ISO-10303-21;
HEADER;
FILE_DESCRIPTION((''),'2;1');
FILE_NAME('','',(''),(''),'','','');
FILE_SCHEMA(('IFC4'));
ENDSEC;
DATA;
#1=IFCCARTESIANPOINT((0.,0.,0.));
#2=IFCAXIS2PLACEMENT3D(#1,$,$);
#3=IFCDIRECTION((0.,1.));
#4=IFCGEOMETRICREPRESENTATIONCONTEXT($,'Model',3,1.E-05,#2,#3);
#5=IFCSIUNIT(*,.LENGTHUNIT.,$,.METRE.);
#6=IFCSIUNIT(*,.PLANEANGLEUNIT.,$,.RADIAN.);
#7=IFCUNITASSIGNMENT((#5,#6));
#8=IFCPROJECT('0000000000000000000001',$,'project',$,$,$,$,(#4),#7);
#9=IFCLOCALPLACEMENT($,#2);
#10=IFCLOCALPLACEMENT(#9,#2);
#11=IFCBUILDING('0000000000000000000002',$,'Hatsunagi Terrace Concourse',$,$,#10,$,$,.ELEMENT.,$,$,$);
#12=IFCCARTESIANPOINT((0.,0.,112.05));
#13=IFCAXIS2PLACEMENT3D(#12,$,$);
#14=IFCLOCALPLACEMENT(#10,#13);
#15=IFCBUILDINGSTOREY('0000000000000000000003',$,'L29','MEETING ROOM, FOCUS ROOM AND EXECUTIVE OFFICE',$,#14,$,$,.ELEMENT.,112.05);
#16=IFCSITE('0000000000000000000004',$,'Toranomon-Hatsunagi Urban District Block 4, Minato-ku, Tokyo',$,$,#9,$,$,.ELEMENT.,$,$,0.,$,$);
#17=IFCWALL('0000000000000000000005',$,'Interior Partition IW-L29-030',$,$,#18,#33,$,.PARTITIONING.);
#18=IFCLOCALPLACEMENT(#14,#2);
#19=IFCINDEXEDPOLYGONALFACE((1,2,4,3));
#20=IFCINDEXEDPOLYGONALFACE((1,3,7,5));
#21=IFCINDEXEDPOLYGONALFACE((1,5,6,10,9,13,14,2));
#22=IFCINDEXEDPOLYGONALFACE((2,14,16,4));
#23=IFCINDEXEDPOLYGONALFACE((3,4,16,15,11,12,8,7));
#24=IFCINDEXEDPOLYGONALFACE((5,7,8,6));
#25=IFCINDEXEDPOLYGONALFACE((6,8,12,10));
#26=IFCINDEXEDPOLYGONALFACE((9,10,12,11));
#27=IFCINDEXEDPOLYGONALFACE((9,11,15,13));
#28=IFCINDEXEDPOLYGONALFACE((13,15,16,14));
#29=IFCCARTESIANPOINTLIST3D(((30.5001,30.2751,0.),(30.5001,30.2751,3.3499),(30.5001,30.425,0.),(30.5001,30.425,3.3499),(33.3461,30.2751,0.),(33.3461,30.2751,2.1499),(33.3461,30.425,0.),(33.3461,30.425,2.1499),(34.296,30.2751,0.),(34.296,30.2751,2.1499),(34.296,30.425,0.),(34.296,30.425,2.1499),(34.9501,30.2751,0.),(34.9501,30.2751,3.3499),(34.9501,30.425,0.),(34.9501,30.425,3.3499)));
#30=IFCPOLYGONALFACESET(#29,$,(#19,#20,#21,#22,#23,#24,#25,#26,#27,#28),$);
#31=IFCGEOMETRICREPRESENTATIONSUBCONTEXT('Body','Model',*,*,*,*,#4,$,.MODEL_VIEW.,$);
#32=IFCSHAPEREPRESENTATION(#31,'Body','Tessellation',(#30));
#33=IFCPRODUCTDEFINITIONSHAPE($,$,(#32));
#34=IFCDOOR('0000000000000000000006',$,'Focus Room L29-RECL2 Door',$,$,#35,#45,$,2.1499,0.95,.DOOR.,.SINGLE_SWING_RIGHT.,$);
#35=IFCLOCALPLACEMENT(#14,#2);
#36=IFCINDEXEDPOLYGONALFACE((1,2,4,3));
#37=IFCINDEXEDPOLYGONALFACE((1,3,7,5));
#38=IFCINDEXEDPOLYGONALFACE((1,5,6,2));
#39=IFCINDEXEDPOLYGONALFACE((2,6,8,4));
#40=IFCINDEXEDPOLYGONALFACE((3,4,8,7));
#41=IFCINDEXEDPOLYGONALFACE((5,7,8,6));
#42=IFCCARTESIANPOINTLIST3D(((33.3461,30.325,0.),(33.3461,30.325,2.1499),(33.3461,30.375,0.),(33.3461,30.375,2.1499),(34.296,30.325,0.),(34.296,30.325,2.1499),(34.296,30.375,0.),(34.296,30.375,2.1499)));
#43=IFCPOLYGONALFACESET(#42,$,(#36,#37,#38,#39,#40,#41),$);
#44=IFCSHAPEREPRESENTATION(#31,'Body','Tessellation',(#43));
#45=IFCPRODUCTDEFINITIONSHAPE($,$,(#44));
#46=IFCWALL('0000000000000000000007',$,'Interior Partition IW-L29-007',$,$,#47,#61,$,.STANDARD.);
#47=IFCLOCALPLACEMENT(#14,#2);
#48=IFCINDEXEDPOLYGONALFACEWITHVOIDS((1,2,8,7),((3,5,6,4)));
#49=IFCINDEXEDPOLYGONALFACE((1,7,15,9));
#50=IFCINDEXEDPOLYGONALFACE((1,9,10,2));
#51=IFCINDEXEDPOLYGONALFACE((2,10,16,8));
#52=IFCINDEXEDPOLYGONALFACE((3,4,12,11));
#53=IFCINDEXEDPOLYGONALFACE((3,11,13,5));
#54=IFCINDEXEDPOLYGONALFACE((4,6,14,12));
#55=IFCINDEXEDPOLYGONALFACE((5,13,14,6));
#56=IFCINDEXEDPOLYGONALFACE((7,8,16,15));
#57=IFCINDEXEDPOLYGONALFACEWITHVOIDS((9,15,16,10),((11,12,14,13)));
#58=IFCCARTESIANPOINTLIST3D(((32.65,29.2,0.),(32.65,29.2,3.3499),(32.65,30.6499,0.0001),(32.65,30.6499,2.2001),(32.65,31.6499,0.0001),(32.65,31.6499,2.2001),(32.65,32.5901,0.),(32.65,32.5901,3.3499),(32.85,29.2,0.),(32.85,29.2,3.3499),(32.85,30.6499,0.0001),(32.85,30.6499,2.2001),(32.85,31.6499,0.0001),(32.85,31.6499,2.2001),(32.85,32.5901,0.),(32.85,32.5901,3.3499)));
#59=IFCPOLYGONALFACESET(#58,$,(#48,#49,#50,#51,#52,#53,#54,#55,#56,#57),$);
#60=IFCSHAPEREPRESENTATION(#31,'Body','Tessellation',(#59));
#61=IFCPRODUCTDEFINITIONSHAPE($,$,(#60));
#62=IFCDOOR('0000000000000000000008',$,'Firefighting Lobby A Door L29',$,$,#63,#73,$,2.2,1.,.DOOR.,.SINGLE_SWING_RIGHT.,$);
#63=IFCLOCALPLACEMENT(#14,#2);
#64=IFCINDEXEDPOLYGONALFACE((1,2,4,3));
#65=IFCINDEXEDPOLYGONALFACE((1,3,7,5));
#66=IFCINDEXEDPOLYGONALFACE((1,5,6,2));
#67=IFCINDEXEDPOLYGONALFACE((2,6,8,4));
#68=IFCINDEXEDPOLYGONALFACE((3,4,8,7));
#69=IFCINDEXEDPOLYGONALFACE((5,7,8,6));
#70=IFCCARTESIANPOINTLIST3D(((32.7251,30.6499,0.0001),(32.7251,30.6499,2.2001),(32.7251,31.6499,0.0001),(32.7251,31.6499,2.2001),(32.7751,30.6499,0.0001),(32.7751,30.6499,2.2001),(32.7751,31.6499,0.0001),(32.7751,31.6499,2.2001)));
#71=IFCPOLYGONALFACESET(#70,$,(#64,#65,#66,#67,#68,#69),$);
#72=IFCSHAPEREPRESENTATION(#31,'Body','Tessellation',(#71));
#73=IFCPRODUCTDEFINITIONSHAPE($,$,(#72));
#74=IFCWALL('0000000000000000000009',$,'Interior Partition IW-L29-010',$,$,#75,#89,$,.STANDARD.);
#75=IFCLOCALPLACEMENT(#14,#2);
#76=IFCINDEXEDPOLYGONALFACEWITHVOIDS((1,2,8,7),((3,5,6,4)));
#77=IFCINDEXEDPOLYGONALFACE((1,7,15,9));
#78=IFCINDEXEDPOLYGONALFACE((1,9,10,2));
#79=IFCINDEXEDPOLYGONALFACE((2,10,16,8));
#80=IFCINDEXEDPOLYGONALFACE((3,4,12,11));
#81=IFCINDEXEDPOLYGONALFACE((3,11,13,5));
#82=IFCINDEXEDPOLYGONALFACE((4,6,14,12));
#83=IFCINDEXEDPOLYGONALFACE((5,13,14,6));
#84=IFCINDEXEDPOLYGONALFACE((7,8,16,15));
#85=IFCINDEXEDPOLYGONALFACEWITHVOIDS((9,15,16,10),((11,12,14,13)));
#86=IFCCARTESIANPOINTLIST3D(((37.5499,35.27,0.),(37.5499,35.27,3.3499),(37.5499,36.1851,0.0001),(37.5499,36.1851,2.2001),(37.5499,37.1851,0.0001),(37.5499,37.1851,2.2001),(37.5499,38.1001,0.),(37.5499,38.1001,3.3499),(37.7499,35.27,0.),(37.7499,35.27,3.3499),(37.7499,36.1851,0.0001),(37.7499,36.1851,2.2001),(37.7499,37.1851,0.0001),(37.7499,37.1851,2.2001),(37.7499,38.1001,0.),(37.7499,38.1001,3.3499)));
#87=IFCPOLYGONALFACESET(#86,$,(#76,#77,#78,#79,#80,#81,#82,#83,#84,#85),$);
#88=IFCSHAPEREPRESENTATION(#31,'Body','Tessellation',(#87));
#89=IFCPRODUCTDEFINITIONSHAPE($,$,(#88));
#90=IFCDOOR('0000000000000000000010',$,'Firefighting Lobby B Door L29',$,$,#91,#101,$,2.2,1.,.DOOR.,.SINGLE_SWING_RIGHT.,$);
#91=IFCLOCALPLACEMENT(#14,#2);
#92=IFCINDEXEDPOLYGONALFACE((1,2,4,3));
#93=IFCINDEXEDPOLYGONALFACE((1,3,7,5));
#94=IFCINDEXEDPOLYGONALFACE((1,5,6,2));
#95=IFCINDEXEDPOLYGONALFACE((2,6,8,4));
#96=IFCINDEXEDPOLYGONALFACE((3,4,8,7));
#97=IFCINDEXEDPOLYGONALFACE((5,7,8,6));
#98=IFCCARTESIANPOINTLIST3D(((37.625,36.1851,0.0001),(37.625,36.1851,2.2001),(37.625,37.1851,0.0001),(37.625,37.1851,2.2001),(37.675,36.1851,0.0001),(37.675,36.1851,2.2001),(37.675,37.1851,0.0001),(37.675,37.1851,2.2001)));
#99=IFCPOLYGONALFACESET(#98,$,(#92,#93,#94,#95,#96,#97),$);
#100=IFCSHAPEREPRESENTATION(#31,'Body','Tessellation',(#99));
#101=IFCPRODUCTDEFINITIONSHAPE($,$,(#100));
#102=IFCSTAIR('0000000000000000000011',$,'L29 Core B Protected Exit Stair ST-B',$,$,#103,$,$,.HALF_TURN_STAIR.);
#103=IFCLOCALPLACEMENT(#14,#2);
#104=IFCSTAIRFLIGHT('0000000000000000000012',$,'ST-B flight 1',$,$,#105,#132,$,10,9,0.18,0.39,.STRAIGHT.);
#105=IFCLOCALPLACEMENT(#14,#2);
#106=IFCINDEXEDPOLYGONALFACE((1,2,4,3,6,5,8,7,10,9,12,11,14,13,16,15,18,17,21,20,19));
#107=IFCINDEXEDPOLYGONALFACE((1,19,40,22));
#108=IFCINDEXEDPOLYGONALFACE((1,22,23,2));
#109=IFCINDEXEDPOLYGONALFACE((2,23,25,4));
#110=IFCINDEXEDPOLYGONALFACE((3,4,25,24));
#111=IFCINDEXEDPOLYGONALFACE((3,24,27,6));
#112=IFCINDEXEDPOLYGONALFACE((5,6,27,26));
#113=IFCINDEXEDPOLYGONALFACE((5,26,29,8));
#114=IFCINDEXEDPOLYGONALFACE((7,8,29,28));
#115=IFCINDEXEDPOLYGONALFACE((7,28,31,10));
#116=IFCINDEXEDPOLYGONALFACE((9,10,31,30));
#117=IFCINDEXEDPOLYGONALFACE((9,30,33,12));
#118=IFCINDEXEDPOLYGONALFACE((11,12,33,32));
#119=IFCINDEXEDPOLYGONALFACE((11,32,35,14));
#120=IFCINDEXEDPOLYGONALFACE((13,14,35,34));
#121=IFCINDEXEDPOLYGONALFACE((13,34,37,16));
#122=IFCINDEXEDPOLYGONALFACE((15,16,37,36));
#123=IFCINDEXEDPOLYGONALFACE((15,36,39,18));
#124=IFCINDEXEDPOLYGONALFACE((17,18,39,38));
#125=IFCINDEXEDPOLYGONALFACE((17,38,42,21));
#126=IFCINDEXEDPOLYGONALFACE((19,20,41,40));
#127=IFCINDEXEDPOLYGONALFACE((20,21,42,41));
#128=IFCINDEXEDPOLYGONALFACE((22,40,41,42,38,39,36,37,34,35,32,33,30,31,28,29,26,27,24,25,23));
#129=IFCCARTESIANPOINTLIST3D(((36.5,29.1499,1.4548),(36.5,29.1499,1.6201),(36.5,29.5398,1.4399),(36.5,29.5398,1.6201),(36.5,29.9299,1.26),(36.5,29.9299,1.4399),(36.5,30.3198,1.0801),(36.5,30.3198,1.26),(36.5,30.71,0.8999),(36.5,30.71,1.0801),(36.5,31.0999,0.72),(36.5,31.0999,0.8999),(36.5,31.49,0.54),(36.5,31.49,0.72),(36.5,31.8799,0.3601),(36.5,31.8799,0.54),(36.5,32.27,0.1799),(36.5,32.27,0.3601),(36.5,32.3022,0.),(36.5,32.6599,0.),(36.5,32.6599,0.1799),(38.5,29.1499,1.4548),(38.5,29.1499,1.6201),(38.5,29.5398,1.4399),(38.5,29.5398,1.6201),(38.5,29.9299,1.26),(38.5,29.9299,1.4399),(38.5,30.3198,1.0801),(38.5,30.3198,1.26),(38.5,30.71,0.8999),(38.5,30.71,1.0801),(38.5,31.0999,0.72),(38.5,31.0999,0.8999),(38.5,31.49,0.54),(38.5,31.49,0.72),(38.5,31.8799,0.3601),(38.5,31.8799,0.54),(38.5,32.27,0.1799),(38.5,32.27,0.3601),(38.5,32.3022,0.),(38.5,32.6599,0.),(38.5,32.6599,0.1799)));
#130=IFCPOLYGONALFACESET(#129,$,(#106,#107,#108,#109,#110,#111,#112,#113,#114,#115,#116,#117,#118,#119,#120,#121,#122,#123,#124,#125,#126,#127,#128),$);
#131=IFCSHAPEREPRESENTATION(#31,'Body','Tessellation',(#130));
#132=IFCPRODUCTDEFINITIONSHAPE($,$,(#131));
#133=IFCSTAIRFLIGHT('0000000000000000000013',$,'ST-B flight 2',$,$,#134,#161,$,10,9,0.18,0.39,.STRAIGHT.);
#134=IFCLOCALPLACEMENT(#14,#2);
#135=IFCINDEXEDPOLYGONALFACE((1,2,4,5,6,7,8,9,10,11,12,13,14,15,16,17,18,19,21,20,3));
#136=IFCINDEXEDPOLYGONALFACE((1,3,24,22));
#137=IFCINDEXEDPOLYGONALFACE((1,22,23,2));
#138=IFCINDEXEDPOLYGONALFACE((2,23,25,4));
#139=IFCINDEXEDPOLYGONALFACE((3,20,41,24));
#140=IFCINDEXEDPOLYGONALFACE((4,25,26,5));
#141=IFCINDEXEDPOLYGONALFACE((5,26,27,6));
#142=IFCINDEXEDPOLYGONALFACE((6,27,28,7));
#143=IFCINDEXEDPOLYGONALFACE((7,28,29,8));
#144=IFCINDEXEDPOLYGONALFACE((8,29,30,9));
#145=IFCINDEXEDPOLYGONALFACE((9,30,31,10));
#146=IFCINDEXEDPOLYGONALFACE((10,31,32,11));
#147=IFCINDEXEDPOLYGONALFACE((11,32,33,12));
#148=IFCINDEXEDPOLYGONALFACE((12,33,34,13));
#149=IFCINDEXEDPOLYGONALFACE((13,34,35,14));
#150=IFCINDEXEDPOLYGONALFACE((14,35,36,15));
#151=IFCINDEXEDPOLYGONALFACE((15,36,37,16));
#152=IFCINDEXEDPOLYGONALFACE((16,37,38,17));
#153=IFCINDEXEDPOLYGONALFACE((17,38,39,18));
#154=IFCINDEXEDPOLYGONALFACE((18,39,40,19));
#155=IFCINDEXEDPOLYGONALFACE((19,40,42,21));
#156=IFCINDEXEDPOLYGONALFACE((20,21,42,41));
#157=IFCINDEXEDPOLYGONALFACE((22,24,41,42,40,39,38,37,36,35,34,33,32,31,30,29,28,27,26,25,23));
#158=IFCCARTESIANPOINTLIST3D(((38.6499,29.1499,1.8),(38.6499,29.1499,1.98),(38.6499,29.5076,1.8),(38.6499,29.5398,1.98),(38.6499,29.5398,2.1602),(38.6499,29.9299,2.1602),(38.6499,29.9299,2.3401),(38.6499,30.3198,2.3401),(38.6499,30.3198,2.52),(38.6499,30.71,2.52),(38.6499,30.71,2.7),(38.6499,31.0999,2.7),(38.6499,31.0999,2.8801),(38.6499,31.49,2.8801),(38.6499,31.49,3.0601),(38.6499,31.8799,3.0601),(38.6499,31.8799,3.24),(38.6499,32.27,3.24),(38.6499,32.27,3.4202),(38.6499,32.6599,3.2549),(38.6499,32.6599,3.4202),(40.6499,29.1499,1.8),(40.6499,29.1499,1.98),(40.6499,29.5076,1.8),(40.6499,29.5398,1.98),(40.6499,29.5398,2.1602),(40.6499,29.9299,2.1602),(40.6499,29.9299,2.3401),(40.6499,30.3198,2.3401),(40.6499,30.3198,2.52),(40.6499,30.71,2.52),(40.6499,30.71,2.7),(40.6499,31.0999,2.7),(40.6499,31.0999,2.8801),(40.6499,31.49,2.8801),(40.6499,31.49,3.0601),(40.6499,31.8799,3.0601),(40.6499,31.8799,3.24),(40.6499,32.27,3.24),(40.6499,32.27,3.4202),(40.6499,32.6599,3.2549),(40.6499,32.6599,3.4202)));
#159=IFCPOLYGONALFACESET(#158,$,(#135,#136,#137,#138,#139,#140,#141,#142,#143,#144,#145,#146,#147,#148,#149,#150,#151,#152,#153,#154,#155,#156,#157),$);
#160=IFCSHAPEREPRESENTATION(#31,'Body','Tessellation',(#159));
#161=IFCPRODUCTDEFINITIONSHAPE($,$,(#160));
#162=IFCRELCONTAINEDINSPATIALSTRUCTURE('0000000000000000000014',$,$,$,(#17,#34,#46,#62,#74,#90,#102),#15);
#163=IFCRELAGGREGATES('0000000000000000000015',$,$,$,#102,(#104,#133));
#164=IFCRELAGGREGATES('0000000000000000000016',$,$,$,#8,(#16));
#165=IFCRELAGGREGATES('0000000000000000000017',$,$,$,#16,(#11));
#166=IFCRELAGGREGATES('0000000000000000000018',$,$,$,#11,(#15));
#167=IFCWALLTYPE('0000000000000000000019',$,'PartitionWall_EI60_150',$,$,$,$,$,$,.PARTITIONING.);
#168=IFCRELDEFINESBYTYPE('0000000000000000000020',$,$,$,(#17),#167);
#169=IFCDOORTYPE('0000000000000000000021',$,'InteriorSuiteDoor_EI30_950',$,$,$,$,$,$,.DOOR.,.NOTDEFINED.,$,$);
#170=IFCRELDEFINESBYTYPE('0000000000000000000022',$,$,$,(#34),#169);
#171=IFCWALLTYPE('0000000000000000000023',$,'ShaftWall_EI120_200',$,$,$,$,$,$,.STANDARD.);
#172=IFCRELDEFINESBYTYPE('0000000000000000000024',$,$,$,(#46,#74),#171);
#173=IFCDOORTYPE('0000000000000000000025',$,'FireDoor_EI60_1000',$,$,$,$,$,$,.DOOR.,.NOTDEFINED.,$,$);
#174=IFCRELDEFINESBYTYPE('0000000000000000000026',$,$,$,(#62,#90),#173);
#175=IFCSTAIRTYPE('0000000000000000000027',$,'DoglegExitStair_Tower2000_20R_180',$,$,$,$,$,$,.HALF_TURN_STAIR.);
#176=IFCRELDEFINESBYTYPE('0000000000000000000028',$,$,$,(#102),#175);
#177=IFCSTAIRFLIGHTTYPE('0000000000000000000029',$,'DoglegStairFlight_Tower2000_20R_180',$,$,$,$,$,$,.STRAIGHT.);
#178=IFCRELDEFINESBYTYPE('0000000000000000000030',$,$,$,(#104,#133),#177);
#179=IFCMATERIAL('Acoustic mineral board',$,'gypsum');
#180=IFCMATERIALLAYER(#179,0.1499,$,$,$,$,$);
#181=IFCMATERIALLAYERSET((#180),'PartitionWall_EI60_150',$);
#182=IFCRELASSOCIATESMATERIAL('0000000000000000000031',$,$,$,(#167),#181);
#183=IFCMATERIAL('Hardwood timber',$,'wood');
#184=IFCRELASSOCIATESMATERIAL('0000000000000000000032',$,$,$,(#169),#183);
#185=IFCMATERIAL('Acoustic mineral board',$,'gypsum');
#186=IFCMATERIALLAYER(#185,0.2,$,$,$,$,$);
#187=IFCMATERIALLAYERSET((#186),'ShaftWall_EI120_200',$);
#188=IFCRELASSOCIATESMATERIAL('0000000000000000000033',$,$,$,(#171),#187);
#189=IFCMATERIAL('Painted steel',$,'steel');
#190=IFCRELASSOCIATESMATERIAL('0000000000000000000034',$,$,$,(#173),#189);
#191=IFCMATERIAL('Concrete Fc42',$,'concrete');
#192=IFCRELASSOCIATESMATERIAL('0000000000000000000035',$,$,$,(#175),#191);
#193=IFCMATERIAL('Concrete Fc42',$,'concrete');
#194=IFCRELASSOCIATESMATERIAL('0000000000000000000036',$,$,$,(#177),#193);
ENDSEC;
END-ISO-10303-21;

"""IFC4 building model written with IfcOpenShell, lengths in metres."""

from ifc_helpers import new_model, si_unit, direction, frame, frame_2d, origin, place, context, subcontext, project, spatial, polyline, rectangle, outline, extrude, material, layer, layer_set, type_object, element, fill, aggregate, save


model = new_model("IFC4")

# Units and contexts
model_context = context("Model", 3, precision=1e-05, world=origin(), true_north=direction((0.0, 1.0)))
body_context = subcontext(model_context, "Body", "Model", "MODEL_VIEW")
ifc_project = project(units=[si_unit("LENGTHUNIT", "METRE"), si_unit("PLANEANGLEUNIT", "RADIAN")], contexts=[model_context])

# Site, building, storey
site_placement = place(None, origin())
site = spatial("IfcSite", under=ifc_project, at=site_placement, Name="Toranomon-Hatsunagi Urban District Block 4, Minato-ku, Tokyo", CompositionType="ELEMENT", RefElevation=0.0)
building_placement = place(site_placement, origin())
building = spatial("IfcBuilding", under=site, at=building_placement, Name="Hatsunagi Terrace Concourse", CompositionType="ELEMENT")
storey_placement = place(building_placement, frame((0.0, 0.0, 112.05)))
storey = spatial("IfcBuildingStorey", under=building, at=storey_placement, Name="L29", Description="MEETING ROOM, FOCUS ROOM AND EXECUTIVE OFFICE", CompositionType="ELEMENT", Elevation=112.05)

# Shared definitions
ifc_material_1 = material(Name="Acoustic mineral board", Category="gypsum")
ifc_layer_1 = layer(ifc_material_1, 0.1499)
ifc_layer_set_1 = layer_set([ifc_layer_1], Name="PartitionWall_EI60_150")
wall_type_1 = type_object("IfcWallType", Name="PartitionWall_EI60_150", PredefinedType="PARTITIONING", material=ifc_layer_set_1)

# Walls, openings, doors
wall_1_placement = place(storey_placement, frame((30.5, 30.3501, 0.0), z_axis=(0.0, 0.0, 1.0), x_axis=(1.0, 0.0, 0.0)))
wall_1 = element("IfcWall", 1, at=wall_1_placement, inside=storey, type_object=wall_type_1, Name="Interior Partition IW-L29-030", PredefinedType="PARTITIONING", context=body_context, shape_type="SweptSolid", body=[
    extrude(rectangle(XDim=4.45, YDim=0.1499, at=frame_2d((2.2251, 0.0))), origin(), (0.0, 0.0, 1.0), 3.3499),
])
opening_1_placement = place(wall_1_placement, frame((2.8459, 0.0, 0.0)))
opening_1 = element("IfcOpeningElement", 2, at=opening_1_placement, cuts=wall_1, PredefinedType="OPENING", context=body_context, shape_type="SweptSolid", body=[
    extrude(rectangle(XDim=0.95, YDim=2.1499, at=frame_2d((0.4751, 1.075))), frame((0.0, 0.085, 0.0), z_axis=(0.0, -1.0, 0.0), x_axis=(1.0, 0.0, 0.0)), (0.0, 0.0, 1.0), 0.1699),
])
ifc_material_2 = material(Name="Hardwood timber", Category="wood")
door_type_1 = type_object("IfcDoorType", Name="InteriorSuiteDoor_EI30_950", OperationType="NOTDEFINED", PredefinedType="DOOR", material=ifc_material_2)
door_1_placement = place(opening_1_placement, origin())
door_1 = element("IfcDoor", 3, at=door_1_placement, inside=storey, type_object=door_type_1, Name="Focus Room L29-RECL2 Door", OperationType="SINGLE_SWING_RIGHT", OverallHeight=2.1499, OverallWidth=0.95, PredefinedType="DOOR", context=body_context, shape_type="SweptSolid", body=[
    extrude(rectangle(XDim=0.95, YDim=2.1499, at=frame_2d((0.4751, 1.075))), frame((0.0, 0.0249, 0.0), z_axis=(0.0, -1.0, 0.0), x_axis=(1.0, 0.0, 0.0)), (0.0, 0.0, 1.0), 0.05),
])
fill(opening_1, door_1)
ifc_material_3 = material(Name="Acoustic mineral board", Category="gypsum")
ifc_layer_2 = layer(ifc_material_3, 0.2)
ifc_layer_set_2 = layer_set([ifc_layer_2], Name="ShaftWall_EI120_200")
wall_type_2 = type_object("IfcWallType", Name="ShaftWall_EI120_200", PredefinedType="STANDARD", material=ifc_layer_set_2)
wall_2_placement = place(storey_placement, frame((32.75, 29.2, 0.0), z_axis=(0.0, 0.0, 1.0), x_axis=(0.0, 1.0, 0.0)))
wall_2 = element("IfcWall", 4, at=wall_2_placement, inside=storey, type_object=wall_type_2, Name="Interior Partition IW-L29-007", PredefinedType="STANDARD", context=body_context, shape_type="SweptSolid", body=[
    extrude(rectangle(XDim=3.3901, YDim=0.2, at=frame_2d((1.6951, 0.0))), origin(), (0.0, 0.0, 1.0), 3.3499),
])
opening_2_placement = place(wall_2_placement, frame((1.45, 0.0, 0.0)))
opening_2 = element("IfcOpeningElement", 5, at=opening_2_placement, cuts=wall_2, PredefinedType="OPENING", context=body_context, shape_type="SweptSolid", body=[
    extrude(rectangle(XDim=1.0, YDim=2.2, at=frame_2d((0.5, 1.1001))), frame((0.0, 0.1099, 0.0), z_axis=(0.0, -1.0, 0.0), x_axis=(1.0, 0.0, 0.0)), (0.0, 0.0, 1.0), 0.22),
])
ifc_material_4 = material(Name="Painted steel", Category="steel")
door_type_2 = type_object("IfcDoorType", Name="FireDoor_EI60_1000", OperationType="NOTDEFINED", PredefinedType="DOOR", material=ifc_material_4)
door_2_placement = place(opening_2_placement, origin())
door_2 = element("IfcDoor", 6, at=door_2_placement, inside=storey, type_object=door_type_2, Name="Firefighting Lobby A Door L29", OperationType="SINGLE_SWING_RIGHT", OverallHeight=2.2, OverallWidth=1.0, PredefinedType="DOOR", context=body_context, shape_type="SweptSolid", body=[
    extrude(rectangle(XDim=1.0, YDim=2.2, at=frame_2d((0.5, 1.1001))), frame((0.0, 0.0249, 0.0), z_axis=(0.0, -1.0, 0.0), x_axis=(1.0, 0.0, 0.0)), (0.0, 0.0, 1.0), 0.05),
])
fill(opening_2, door_2)
wall_3_placement = place(storey_placement, frame((37.6499, 35.27, 0.0), z_axis=(0.0, 0.0, 1.0), x_axis=(0.0, 1.0, 0.0)))
wall_3 = element("IfcWall", 7, at=wall_3_placement, inside=storey, type_object=wall_type_2, Name="Interior Partition IW-L29-010", PredefinedType="STANDARD", context=body_context, shape_type="SweptSolid", body=[
    extrude(rectangle(XDim=2.8301, YDim=0.2, at=frame_2d((1.415, 0.0))), origin(), (0.0, 0.0, 1.0), 3.3499),
])
opening_3_placement = place(wall_3_placement, frame((0.915, 0.0, 0.0)))
opening_3 = element("IfcOpeningElement", 8, at=opening_3_placement, cuts=wall_3, PredefinedType="OPENING", context=body_context, shape_type="SweptSolid", body=[
    extrude(rectangle(XDim=1.0, YDim=2.2, at=frame_2d((0.5, 1.1001))), frame((0.0, 0.1099, 0.0), z_axis=(0.0, -1.0, 0.0), x_axis=(1.0, 0.0, 0.0)), (0.0, 0.0, 1.0), 0.22),
])
door_3_placement = place(opening_3_placement, origin())
door_3 = element("IfcDoor", 9, at=door_3_placement, inside=storey, type_object=door_type_2, Name="Firefighting Lobby B Door L29", OperationType="SINGLE_SWING_RIGHT", OverallHeight=2.2, OverallWidth=1.0, PredefinedType="DOOR", context=body_context, shape_type="SweptSolid", body=[
    extrude(rectangle(XDim=1.0, YDim=2.2, at=frame_2d((0.5, 1.1001))), frame((0.0, 0.0249, 0.0), z_axis=(0.0, -1.0, 0.0), x_axis=(1.0, 0.0, 0.0)), (0.0, 0.0, 1.0), 0.05),
])
fill(opening_3, door_3)

# Stair, stair flights
ifc_material_5 = material(Name="Concrete Fc42", Category="concrete")
stair_type = type_object("IfcStairType", Name="DoglegExitStair_Tower2000_20R_180", PredefinedType="HALF_TURN_STAIR", material=ifc_material_5)
stair_placement = place(storey_placement, origin())
stair = element("IfcStair", 10, at=stair_placement, inside=storey, type_object=stair_type, Name="L29 Core B Protected Exit Stair ST-B", PredefinedType="HALF_TURN_STAIR")
ifc_material_6 = material(Name="Concrete Fc42", Category="concrete")
stair_flight_type = type_object("IfcStairFlightType", Name="DoglegStairFlight_Tower2000_20R_180", PredefinedType="STRAIGHT", material=ifc_material_6)
stair_flight_1_placement = place(storey_placement, frame((37.5, 32.6599, 0.0), z_axis=(0.0, 0.0, 1.0), x_axis=(0.0, -1.0, 0.0)))
stair_flight_1 = element("IfcStairFlight", 11, at=stair_flight_1_placement, type_object=stair_flight_type, Name="ST-B flight 1", NumberOfRisers=10, NumberOfTreads=9, PredefinedType="STRAIGHT", RiserHeight=0.18, TreadLength=0.39, context=body_context, shape_type="SweptSolid", body=[
    extrude(outline(polyline([(0.0, 0.0), (0.0, 0.1799), (0.3899, 0.1799), (0.3899, 0.3601), (0.78, 0.3601), (0.78, 0.54), (1.1699, 0.54), (1.1699, 0.72), (1.5601, 0.72), (1.5601, 0.8999), (1.95, 0.8999), (1.95, 1.0801), (2.3401, 1.0801), (2.3401, 1.26), (2.73, 1.26), (2.73, 1.4399), (3.1201, 1.4399), (3.1201, 1.6201), (3.51, 1.6201), (3.51, 1.8), (3.51, 1.4548), (0.3577, 0.0), (0.0, 0.0)])), frame((0.0, 1.0, 0.0), z_axis=(0.0, -1.0, 0.0), x_axis=(1.0, 0.0, 0.0)), (0.0, 0.0, 1.0), 2.0),
])
stair_flight_2_placement = place(storey_placement, frame((39.6499, 29.1499, 1.8), z_axis=(0.0, 0.0, 1.0), x_axis=(0.0, 1.0, 0.0)))
stair_flight_2 = element("IfcStairFlight", 12, at=stair_flight_2_placement, type_object=stair_flight_type, Name="ST-B flight 2", NumberOfRisers=10, NumberOfTreads=9, PredefinedType="STRAIGHT", RiserHeight=0.18, TreadLength=0.39, context=body_context, shape_type="SweptSolid", body=[
    extrude(outline(polyline([(0.0, 0.0), (0.0, 0.1799), (0.3899, 0.1799), (0.3899, 0.3601), (0.78, 0.3601), (0.78, 0.54), (1.1699, 0.54), (1.1699, 0.72), (1.5601, 0.72), (1.5601, 0.8999), (1.95, 0.8999), (1.95, 1.0801), (2.3401, 1.0801), (2.3401, 1.26), (2.73, 1.26), (2.73, 1.4399), (3.1201, 1.4399), (3.1201, 1.6201), (3.51, 1.6201), (3.51, 1.8), (3.51, 1.4548), (0.3577, 0.0), (0.0, 0.0)])), frame((0.0, 1.0, 0.0), z_axis=(0.0, -1.0, 0.0), x_axis=(1.0, 0.0, 0.0)), (0.0, 0.0, 1.0), 2.0),
])
aggregate(stair, [stair_flight_1, stair_flight_2])

save(model, "model.ifc")
